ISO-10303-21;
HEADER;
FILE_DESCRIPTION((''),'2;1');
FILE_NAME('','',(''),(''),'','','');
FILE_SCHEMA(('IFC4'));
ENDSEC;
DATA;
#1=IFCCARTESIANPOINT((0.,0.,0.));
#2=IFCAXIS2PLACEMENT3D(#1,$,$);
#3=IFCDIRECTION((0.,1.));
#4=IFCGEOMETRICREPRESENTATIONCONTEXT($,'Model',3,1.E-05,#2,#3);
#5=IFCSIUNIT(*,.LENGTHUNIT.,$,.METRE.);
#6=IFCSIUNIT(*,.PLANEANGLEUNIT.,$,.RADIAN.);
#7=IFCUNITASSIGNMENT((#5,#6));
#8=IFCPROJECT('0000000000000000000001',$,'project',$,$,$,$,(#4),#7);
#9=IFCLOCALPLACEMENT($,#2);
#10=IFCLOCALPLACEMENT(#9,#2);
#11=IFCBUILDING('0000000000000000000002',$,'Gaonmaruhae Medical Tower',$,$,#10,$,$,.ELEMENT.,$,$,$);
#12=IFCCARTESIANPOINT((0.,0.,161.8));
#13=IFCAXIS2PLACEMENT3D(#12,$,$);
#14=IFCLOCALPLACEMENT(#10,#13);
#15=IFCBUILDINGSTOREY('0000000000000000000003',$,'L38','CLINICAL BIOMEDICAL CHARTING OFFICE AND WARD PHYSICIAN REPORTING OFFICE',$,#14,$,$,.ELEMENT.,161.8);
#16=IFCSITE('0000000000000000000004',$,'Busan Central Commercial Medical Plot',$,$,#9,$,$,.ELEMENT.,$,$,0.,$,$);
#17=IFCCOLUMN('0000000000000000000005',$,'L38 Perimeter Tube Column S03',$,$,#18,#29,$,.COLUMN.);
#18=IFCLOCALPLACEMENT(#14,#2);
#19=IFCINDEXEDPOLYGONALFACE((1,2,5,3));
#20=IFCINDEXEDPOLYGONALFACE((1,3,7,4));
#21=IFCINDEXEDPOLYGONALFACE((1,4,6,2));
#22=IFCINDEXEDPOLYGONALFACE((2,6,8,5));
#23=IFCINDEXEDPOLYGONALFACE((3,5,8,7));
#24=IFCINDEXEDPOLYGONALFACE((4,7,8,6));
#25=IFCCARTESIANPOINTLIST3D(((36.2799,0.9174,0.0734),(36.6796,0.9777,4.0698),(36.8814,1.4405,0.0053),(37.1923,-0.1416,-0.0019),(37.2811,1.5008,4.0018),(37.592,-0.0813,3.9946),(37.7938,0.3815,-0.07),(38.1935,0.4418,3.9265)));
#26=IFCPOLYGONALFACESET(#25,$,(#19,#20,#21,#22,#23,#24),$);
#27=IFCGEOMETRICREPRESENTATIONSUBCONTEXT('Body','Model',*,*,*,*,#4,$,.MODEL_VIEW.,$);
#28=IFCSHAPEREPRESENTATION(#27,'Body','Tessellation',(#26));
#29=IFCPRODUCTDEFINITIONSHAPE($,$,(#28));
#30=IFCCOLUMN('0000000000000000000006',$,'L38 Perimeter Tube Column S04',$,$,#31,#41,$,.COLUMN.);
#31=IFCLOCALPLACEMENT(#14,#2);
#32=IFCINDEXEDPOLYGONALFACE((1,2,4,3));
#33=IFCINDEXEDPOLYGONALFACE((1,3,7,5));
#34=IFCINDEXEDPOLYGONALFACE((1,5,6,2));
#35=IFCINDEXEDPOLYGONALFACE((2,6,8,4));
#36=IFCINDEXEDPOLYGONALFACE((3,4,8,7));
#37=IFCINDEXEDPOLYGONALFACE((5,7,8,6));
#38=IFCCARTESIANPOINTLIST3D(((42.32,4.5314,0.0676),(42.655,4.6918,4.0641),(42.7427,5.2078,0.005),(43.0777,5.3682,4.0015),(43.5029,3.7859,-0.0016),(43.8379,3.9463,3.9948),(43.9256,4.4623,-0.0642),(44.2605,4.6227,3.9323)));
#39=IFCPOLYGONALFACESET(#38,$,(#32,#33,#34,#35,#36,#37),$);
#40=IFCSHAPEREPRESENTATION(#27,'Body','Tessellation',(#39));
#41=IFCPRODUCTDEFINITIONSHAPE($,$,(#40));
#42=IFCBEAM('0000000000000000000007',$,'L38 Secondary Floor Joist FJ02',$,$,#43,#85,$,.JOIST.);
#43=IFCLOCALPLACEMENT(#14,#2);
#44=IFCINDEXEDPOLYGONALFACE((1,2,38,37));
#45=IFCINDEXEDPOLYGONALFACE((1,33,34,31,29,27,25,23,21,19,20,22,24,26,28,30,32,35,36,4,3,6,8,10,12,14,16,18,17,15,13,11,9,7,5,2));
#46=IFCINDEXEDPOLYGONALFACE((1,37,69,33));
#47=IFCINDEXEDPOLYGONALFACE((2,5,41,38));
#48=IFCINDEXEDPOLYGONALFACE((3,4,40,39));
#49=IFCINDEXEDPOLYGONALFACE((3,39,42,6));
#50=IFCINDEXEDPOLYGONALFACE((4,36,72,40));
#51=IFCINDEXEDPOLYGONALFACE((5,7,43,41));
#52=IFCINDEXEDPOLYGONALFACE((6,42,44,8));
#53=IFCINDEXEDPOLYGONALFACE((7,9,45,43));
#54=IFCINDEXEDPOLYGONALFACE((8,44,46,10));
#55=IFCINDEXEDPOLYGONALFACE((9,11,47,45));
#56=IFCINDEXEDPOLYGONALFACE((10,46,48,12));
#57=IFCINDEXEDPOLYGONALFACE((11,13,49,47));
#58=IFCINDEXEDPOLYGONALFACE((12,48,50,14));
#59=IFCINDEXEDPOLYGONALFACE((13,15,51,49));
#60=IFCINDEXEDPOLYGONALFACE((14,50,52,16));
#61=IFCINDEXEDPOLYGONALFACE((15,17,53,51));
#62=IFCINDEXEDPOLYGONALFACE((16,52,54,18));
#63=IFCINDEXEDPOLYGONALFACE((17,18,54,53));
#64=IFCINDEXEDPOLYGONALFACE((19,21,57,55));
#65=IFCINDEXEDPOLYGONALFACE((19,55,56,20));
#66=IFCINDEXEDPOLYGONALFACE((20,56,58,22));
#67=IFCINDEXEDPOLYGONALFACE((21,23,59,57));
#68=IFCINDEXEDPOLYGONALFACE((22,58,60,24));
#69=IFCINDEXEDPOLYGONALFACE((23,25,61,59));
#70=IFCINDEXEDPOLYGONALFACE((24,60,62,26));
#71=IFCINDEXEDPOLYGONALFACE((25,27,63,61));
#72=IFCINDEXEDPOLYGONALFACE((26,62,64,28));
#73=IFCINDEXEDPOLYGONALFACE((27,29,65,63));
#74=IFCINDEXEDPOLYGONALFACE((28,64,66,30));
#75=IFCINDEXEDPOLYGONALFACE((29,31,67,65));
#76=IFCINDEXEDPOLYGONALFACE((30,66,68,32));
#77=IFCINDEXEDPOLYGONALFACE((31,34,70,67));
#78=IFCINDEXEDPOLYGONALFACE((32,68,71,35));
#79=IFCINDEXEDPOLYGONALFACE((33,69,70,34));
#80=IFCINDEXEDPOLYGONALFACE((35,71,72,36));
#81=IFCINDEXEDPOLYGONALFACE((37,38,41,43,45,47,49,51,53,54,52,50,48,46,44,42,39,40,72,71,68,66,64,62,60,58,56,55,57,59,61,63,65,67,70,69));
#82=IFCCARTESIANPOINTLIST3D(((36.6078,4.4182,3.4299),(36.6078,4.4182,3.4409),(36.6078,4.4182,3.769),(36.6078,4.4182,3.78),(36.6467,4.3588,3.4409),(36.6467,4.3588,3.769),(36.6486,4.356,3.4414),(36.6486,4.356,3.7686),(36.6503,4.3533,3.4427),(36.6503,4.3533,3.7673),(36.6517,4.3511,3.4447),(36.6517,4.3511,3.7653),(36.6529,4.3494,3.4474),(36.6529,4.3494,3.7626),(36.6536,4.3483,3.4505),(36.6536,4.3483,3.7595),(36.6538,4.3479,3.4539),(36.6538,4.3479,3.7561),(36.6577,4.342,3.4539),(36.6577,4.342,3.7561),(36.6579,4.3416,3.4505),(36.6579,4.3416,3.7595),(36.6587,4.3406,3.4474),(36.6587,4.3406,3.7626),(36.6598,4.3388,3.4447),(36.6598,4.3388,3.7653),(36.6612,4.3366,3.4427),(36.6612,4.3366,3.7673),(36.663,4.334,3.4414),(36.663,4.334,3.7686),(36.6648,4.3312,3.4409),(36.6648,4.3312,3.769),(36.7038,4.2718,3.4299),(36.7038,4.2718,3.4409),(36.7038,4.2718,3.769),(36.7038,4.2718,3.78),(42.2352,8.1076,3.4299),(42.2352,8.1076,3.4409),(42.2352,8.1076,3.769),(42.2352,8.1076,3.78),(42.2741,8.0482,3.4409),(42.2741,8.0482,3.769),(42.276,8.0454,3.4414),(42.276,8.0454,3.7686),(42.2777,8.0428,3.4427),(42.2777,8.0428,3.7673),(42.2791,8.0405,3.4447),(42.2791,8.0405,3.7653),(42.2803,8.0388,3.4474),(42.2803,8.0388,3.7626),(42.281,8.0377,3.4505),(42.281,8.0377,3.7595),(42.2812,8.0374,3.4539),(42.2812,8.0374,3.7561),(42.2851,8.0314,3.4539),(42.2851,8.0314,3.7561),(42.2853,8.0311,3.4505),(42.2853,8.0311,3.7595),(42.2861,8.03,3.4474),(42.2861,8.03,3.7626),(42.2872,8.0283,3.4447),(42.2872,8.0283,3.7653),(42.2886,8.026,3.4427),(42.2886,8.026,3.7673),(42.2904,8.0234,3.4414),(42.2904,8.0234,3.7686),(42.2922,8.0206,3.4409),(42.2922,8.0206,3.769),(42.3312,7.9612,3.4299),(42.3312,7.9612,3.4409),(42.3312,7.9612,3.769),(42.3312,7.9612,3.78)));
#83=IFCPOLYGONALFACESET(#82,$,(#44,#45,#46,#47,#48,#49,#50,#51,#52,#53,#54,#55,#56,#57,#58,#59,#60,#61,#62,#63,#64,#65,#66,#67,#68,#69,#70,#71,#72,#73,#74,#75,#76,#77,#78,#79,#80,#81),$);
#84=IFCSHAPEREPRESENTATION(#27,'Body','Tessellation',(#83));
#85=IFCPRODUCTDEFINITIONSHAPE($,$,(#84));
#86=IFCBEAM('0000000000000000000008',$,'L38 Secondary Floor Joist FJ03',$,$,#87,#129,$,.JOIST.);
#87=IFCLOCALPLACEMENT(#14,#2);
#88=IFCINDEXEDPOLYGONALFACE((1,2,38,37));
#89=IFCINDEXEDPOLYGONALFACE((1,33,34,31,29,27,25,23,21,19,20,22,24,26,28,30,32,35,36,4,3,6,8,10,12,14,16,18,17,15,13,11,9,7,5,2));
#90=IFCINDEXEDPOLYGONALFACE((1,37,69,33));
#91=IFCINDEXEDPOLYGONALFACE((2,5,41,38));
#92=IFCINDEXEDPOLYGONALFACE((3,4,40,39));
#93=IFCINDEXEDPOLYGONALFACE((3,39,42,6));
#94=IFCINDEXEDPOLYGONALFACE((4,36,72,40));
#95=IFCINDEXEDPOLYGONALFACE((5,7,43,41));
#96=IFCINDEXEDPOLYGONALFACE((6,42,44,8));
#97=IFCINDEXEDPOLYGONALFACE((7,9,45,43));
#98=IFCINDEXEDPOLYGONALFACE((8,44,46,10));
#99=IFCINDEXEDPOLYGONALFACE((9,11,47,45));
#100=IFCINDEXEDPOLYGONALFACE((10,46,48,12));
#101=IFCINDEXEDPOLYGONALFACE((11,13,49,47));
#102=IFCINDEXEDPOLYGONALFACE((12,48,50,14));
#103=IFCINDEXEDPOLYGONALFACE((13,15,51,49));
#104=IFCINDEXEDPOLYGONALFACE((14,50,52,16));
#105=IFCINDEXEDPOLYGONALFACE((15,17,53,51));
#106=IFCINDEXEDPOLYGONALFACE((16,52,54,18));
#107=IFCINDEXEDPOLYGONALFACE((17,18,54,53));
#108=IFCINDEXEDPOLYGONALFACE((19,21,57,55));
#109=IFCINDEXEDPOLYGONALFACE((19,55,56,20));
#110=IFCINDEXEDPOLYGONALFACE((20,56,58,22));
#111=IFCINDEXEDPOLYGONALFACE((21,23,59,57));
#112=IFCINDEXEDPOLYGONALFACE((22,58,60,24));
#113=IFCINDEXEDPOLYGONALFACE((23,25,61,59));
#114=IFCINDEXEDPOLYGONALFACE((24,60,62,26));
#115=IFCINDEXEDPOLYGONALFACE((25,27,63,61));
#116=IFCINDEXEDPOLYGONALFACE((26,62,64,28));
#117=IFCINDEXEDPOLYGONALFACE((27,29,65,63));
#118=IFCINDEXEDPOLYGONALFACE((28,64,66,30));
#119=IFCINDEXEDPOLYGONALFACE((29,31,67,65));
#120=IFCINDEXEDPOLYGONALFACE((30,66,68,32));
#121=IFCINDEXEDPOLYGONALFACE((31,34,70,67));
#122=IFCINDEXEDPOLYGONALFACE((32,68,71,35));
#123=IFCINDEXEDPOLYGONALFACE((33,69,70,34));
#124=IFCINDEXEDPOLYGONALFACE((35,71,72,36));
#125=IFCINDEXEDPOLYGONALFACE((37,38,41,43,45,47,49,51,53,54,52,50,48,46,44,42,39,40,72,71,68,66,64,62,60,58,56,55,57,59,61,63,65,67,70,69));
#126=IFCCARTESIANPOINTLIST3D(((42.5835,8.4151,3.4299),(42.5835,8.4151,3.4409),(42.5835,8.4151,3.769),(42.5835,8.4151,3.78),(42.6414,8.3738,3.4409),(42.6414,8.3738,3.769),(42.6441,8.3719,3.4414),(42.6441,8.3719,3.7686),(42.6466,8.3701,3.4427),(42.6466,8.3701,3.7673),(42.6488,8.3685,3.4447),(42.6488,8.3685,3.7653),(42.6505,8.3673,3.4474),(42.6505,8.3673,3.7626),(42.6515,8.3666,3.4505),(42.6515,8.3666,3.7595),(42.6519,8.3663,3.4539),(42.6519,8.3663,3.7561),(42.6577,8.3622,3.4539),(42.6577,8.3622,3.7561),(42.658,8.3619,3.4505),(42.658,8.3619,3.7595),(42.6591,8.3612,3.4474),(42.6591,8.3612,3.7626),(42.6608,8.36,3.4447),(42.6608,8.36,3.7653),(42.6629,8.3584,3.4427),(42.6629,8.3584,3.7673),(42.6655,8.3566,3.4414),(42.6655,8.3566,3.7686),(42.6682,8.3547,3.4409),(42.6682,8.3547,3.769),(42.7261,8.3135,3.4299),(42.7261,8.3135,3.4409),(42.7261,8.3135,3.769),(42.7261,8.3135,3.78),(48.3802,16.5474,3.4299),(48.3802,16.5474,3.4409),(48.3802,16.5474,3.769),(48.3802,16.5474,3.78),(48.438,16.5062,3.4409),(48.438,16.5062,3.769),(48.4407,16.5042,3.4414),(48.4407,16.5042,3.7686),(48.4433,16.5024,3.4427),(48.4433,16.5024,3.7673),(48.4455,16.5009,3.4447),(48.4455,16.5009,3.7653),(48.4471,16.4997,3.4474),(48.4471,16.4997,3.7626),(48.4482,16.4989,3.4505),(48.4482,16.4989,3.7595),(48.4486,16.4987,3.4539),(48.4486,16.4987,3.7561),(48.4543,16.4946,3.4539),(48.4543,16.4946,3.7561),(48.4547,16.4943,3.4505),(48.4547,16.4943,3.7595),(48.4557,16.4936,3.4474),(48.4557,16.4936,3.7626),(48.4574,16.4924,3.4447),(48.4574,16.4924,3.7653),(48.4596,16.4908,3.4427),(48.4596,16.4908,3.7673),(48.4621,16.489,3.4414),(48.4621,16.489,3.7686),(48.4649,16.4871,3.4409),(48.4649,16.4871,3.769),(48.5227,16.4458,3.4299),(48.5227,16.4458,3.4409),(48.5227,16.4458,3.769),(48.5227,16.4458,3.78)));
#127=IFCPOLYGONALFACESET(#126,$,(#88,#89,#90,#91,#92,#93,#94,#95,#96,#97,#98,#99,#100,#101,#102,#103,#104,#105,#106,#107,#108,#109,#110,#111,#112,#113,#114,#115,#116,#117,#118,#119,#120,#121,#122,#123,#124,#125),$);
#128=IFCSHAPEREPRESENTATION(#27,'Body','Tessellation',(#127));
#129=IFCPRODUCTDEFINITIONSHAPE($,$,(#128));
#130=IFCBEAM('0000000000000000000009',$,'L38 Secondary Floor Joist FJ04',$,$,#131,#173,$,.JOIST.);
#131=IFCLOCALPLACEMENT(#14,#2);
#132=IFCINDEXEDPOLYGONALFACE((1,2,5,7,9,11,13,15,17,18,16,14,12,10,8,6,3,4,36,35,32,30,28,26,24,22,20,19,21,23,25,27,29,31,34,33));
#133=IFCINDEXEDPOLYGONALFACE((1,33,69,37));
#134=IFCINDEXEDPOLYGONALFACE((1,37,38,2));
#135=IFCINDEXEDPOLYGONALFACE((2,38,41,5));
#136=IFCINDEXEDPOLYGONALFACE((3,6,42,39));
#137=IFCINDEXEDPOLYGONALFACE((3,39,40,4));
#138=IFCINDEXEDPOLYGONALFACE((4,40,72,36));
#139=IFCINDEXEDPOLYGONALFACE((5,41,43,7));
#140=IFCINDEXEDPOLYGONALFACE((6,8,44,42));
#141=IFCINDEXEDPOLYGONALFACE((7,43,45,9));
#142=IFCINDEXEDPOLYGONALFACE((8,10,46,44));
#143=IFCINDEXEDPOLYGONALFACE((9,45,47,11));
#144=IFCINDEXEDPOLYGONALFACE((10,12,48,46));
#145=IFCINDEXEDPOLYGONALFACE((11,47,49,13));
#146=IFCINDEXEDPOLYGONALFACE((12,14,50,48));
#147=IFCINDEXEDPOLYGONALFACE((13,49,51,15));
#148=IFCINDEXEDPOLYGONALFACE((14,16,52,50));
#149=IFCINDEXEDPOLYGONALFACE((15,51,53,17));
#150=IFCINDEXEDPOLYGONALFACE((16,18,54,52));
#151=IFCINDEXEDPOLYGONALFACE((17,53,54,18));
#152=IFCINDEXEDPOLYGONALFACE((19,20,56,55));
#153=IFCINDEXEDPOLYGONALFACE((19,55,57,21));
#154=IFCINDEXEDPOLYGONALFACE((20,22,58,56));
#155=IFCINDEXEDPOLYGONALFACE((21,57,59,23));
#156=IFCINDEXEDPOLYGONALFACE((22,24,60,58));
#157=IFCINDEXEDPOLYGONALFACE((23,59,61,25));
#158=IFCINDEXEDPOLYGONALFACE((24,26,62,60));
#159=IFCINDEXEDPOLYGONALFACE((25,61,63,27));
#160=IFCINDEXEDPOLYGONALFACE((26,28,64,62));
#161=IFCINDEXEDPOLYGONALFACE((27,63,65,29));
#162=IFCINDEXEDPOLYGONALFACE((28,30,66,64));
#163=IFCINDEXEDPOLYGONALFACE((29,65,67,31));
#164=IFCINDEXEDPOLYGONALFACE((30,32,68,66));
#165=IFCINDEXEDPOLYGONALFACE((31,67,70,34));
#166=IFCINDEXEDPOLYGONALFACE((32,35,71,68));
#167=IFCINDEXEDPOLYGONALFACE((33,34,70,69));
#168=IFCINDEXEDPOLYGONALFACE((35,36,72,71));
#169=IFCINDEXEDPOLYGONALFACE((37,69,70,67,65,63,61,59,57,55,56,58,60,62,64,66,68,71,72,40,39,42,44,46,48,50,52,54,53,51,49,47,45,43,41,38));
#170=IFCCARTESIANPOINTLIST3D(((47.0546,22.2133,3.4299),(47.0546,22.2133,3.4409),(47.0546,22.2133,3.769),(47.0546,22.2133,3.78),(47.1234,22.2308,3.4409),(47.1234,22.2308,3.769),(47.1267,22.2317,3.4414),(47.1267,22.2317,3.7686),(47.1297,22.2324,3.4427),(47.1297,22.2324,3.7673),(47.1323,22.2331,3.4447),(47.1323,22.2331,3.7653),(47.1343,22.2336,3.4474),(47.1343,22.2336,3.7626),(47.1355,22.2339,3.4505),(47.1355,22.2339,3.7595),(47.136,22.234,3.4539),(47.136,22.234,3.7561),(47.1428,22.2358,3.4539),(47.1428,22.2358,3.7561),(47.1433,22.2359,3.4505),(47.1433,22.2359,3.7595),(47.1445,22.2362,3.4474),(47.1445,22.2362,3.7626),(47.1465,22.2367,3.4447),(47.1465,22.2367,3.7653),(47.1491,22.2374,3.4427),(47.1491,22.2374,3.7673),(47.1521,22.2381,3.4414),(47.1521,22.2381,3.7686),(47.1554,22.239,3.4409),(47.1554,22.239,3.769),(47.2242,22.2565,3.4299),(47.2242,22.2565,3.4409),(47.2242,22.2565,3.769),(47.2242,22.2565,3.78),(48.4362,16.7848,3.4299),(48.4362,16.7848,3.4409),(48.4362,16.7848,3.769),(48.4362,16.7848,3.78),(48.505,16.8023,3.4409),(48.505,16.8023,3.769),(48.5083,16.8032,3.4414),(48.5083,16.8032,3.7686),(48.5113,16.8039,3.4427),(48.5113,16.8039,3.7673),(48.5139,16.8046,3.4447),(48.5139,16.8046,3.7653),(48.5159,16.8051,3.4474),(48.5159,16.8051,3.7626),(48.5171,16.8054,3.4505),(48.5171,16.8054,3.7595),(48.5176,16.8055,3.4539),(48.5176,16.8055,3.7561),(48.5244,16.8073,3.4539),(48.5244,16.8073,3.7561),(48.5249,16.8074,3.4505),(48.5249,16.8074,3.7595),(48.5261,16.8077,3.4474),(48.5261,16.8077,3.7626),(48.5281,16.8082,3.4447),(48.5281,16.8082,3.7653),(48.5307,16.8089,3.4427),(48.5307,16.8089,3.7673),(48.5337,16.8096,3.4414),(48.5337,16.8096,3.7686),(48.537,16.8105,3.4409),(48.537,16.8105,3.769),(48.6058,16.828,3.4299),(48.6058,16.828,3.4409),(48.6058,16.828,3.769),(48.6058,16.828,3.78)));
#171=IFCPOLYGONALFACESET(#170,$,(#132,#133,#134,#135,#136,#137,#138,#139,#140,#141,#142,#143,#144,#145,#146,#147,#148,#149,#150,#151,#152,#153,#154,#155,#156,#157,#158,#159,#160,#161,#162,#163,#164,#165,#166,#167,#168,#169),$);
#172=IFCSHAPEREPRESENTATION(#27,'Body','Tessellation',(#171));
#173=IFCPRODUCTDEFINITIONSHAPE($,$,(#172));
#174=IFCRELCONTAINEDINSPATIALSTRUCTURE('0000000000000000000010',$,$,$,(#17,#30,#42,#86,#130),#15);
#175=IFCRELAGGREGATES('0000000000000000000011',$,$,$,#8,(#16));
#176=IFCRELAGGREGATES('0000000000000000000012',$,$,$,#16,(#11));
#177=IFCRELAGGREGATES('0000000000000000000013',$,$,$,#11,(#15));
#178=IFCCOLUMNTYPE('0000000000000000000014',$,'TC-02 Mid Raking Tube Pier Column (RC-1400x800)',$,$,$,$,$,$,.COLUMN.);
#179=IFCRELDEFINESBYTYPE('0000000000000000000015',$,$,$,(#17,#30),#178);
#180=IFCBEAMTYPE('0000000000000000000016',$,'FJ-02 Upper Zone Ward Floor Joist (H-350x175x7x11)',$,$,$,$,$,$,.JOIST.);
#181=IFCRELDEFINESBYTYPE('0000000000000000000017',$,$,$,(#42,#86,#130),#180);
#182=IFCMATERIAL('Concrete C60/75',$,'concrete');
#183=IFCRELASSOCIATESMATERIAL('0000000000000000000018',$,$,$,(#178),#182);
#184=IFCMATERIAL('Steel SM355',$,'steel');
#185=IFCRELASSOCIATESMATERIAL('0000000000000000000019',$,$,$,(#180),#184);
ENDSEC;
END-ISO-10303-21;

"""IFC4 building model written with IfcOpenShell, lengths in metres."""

from ifc_helpers import new_model, si_unit, direction, frame, origin, origin_2d, place, context, subcontext, project, spatial, rectangle, i_section, extrude, material, material_profile, profile_set, type_object, element, save


model = new_model("IFC4")

# Units and contexts
model_context = context("Model", 3, precision=1e-05, world=origin(), true_north=direction((0.0, 1.0)))
body_context = subcontext(model_context, "Body", "Model", "MODEL_VIEW")
ifc_project = project(units=[si_unit("LENGTHUNIT", "METRE"), si_unit("PLANEANGLEUNIT", "RADIAN")], contexts=[model_context])

# Site, building, storey
site_placement = place(None, origin())
site = spatial("IfcSite", under=ifc_project, at=site_placement, Name="Busan Central Commercial Medical Plot", CompositionType="ELEMENT", RefElevation=0.0)
building_placement = place(site_placement, origin())
building = spatial("IfcBuilding", under=site, at=building_placement, Name="Gaonmaruhae Medical Tower", CompositionType="ELEMENT")
storey_placement = place(building_placement, frame((0.0, 0.0, 161.8)))
storey = spatial("IfcBuildingStorey", under=building, at=storey_placement, Name="L38", Description="CLINICAL BIOMEDICAL CHARTING OFFICE AND WARD PHYSICIAN REPORTING OFFICE", CompositionType="ELEMENT", Elevation=161.8)

# Columns
ifc_material_1 = material(Name="Concrete C60/75", Category="concrete")
ifc_material_profile_1 = material_profile(ifc_material_1, rectangle(XDim=1.3999, YDim=0.8, at=origin_2d()), Name="RC-1400x800")
ifc_profile_set_1 = profile_set([ifc_material_profile_1], Name="Concrete C60/75")
column_type = type_object("IfcColumnType", Name="TC-02 Mid Raking Tube Pier Column (RC-1400x800)", PredefinedType="COLUMN", material=ifc_profile_set_1)
column_1_placement = place(storey_placement, frame((37.0369, 0.6494, 0.0017), z_axis=(0.099499, 0.015013, 0.994924), x_axis=(-0.6518, 0.756482, 0.053769)))
element("IfcColumn", 1, at=column_1_placement, inside=storey, type_object=column_type, Name="L38 Perimeter Tube Column S03", PredefinedType="COLUMN", context=body_context, shape_type="SweptSolid", body=[
    extrude(rectangle(XDim=1.3999, YDim=0.8, at=origin_2d()), origin(), (0.0, 0.0, 1.0), 4.0168),
])
column_2_placement = place(storey_placement, frame((43.1228, 4.4968, 0.0017), z_axis=(0.083457, 0.039965, 0.99571), x_axis=(-0.844943, 0.532566, 0.049445)))
element("IfcColumn", 2, at=column_2_placement, inside=storey, type_object=column_type, Name="L38 Perimeter Tube Column S04", PredefinedType="COLUMN", context=body_context, shape_type="SweptSolid", body=[
    extrude(rectangle(XDim=1.3999, YDim=0.8, at=origin_2d()), origin(), (0.0, 0.0, 1.0), 4.0137),
])

# Beams
ifc_material_2 = material(Name="Steel SM355", Category="steel")
ifc_material_profile_2 = material_profile(ifc_material_2, i_section(OverallWidth=0.175, OverallDepth=0.3501, WebThickness=0.0071, FlangeThickness=0.011, FilletRadius=0.0129, at=origin_2d()), Name="H-350x175x7x11")
ifc_profile_set_2 = profile_set([ifc_material_profile_2], Name="Steel SM355")
beam_type_1 = type_object("IfcBeamType", Name="FJ-02 Upper Zone Ward Floor Joist (H-350x175x7x11)", PredefinedType="JOIST", material=ifc_profile_set_2)
beam_1_placement = place(storey_placement, frame((36.6558, 4.345, 3.605), z_axis=(0.83629, 0.548287, 0.0), x_axis=(-0.548287, 0.83629, 0.0)))
element("IfcBeam", 3, at=beam_1_placement, inside=storey, type_object=beam_type_1, Name="L38 Secondary Floor Joist FJ02", PredefinedType="JOIST", context=body_context, shape_type="SweptSolid", body=[
    extrude(i_section(OverallWidth=0.175, OverallDepth=0.3501, WebThickness=0.0071, FlangeThickness=0.011, FilletRadius=0.0129, at=origin_2d()), origin(), (0.0, 0.0, 1.0), 6.729),
])
beam_2_placement = place(storey_placement, frame((42.6548, 8.3643, 3.605), z_axis=(0.580431, 0.81431, 0.0), x_axis=(-0.81431, 0.580431, 0.0)))
element("IfcBeam", 4, at=beam_2_placement, inside=storey, type_object=beam_type_1, Name="L38 Secondary Floor Joist FJ03", PredefinedType="JOIST", context=body_context, shape_type="SweptSolid", body=[
    extrude(i_section(OverallWidth=0.175, OverallDepth=0.3501, WebThickness=0.0071, FlangeThickness=0.011, FilletRadius=0.0129, at=origin_2d()), origin(), (0.0, 0.0, 1.0), 9.9868),
])
beam_3_placement = place(storey_placement, frame((48.521, 16.8064, 3.605), z_axis=(-0.246646, 0.969106, 0.0), x_axis=(-0.969106, -0.246646, 0.0)))
element("IfcBeam", 5, at=beam_3_placement, inside=storey, type_object=beam_type_1, Name="L38 Secondary Floor Joist FJ04", PredefinedType="JOIST", context=body_context, shape_type="SweptSolid", body=[
    extrude(i_section(OverallWidth=0.175, OverallDepth=0.3501, WebThickness=0.0071, FlangeThickness=0.011, FilletRadius=0.0129, at=origin_2d()), origin(), (0.0, 0.0, 1.0), 5.6016),
])

save(model, "model.ifc")
